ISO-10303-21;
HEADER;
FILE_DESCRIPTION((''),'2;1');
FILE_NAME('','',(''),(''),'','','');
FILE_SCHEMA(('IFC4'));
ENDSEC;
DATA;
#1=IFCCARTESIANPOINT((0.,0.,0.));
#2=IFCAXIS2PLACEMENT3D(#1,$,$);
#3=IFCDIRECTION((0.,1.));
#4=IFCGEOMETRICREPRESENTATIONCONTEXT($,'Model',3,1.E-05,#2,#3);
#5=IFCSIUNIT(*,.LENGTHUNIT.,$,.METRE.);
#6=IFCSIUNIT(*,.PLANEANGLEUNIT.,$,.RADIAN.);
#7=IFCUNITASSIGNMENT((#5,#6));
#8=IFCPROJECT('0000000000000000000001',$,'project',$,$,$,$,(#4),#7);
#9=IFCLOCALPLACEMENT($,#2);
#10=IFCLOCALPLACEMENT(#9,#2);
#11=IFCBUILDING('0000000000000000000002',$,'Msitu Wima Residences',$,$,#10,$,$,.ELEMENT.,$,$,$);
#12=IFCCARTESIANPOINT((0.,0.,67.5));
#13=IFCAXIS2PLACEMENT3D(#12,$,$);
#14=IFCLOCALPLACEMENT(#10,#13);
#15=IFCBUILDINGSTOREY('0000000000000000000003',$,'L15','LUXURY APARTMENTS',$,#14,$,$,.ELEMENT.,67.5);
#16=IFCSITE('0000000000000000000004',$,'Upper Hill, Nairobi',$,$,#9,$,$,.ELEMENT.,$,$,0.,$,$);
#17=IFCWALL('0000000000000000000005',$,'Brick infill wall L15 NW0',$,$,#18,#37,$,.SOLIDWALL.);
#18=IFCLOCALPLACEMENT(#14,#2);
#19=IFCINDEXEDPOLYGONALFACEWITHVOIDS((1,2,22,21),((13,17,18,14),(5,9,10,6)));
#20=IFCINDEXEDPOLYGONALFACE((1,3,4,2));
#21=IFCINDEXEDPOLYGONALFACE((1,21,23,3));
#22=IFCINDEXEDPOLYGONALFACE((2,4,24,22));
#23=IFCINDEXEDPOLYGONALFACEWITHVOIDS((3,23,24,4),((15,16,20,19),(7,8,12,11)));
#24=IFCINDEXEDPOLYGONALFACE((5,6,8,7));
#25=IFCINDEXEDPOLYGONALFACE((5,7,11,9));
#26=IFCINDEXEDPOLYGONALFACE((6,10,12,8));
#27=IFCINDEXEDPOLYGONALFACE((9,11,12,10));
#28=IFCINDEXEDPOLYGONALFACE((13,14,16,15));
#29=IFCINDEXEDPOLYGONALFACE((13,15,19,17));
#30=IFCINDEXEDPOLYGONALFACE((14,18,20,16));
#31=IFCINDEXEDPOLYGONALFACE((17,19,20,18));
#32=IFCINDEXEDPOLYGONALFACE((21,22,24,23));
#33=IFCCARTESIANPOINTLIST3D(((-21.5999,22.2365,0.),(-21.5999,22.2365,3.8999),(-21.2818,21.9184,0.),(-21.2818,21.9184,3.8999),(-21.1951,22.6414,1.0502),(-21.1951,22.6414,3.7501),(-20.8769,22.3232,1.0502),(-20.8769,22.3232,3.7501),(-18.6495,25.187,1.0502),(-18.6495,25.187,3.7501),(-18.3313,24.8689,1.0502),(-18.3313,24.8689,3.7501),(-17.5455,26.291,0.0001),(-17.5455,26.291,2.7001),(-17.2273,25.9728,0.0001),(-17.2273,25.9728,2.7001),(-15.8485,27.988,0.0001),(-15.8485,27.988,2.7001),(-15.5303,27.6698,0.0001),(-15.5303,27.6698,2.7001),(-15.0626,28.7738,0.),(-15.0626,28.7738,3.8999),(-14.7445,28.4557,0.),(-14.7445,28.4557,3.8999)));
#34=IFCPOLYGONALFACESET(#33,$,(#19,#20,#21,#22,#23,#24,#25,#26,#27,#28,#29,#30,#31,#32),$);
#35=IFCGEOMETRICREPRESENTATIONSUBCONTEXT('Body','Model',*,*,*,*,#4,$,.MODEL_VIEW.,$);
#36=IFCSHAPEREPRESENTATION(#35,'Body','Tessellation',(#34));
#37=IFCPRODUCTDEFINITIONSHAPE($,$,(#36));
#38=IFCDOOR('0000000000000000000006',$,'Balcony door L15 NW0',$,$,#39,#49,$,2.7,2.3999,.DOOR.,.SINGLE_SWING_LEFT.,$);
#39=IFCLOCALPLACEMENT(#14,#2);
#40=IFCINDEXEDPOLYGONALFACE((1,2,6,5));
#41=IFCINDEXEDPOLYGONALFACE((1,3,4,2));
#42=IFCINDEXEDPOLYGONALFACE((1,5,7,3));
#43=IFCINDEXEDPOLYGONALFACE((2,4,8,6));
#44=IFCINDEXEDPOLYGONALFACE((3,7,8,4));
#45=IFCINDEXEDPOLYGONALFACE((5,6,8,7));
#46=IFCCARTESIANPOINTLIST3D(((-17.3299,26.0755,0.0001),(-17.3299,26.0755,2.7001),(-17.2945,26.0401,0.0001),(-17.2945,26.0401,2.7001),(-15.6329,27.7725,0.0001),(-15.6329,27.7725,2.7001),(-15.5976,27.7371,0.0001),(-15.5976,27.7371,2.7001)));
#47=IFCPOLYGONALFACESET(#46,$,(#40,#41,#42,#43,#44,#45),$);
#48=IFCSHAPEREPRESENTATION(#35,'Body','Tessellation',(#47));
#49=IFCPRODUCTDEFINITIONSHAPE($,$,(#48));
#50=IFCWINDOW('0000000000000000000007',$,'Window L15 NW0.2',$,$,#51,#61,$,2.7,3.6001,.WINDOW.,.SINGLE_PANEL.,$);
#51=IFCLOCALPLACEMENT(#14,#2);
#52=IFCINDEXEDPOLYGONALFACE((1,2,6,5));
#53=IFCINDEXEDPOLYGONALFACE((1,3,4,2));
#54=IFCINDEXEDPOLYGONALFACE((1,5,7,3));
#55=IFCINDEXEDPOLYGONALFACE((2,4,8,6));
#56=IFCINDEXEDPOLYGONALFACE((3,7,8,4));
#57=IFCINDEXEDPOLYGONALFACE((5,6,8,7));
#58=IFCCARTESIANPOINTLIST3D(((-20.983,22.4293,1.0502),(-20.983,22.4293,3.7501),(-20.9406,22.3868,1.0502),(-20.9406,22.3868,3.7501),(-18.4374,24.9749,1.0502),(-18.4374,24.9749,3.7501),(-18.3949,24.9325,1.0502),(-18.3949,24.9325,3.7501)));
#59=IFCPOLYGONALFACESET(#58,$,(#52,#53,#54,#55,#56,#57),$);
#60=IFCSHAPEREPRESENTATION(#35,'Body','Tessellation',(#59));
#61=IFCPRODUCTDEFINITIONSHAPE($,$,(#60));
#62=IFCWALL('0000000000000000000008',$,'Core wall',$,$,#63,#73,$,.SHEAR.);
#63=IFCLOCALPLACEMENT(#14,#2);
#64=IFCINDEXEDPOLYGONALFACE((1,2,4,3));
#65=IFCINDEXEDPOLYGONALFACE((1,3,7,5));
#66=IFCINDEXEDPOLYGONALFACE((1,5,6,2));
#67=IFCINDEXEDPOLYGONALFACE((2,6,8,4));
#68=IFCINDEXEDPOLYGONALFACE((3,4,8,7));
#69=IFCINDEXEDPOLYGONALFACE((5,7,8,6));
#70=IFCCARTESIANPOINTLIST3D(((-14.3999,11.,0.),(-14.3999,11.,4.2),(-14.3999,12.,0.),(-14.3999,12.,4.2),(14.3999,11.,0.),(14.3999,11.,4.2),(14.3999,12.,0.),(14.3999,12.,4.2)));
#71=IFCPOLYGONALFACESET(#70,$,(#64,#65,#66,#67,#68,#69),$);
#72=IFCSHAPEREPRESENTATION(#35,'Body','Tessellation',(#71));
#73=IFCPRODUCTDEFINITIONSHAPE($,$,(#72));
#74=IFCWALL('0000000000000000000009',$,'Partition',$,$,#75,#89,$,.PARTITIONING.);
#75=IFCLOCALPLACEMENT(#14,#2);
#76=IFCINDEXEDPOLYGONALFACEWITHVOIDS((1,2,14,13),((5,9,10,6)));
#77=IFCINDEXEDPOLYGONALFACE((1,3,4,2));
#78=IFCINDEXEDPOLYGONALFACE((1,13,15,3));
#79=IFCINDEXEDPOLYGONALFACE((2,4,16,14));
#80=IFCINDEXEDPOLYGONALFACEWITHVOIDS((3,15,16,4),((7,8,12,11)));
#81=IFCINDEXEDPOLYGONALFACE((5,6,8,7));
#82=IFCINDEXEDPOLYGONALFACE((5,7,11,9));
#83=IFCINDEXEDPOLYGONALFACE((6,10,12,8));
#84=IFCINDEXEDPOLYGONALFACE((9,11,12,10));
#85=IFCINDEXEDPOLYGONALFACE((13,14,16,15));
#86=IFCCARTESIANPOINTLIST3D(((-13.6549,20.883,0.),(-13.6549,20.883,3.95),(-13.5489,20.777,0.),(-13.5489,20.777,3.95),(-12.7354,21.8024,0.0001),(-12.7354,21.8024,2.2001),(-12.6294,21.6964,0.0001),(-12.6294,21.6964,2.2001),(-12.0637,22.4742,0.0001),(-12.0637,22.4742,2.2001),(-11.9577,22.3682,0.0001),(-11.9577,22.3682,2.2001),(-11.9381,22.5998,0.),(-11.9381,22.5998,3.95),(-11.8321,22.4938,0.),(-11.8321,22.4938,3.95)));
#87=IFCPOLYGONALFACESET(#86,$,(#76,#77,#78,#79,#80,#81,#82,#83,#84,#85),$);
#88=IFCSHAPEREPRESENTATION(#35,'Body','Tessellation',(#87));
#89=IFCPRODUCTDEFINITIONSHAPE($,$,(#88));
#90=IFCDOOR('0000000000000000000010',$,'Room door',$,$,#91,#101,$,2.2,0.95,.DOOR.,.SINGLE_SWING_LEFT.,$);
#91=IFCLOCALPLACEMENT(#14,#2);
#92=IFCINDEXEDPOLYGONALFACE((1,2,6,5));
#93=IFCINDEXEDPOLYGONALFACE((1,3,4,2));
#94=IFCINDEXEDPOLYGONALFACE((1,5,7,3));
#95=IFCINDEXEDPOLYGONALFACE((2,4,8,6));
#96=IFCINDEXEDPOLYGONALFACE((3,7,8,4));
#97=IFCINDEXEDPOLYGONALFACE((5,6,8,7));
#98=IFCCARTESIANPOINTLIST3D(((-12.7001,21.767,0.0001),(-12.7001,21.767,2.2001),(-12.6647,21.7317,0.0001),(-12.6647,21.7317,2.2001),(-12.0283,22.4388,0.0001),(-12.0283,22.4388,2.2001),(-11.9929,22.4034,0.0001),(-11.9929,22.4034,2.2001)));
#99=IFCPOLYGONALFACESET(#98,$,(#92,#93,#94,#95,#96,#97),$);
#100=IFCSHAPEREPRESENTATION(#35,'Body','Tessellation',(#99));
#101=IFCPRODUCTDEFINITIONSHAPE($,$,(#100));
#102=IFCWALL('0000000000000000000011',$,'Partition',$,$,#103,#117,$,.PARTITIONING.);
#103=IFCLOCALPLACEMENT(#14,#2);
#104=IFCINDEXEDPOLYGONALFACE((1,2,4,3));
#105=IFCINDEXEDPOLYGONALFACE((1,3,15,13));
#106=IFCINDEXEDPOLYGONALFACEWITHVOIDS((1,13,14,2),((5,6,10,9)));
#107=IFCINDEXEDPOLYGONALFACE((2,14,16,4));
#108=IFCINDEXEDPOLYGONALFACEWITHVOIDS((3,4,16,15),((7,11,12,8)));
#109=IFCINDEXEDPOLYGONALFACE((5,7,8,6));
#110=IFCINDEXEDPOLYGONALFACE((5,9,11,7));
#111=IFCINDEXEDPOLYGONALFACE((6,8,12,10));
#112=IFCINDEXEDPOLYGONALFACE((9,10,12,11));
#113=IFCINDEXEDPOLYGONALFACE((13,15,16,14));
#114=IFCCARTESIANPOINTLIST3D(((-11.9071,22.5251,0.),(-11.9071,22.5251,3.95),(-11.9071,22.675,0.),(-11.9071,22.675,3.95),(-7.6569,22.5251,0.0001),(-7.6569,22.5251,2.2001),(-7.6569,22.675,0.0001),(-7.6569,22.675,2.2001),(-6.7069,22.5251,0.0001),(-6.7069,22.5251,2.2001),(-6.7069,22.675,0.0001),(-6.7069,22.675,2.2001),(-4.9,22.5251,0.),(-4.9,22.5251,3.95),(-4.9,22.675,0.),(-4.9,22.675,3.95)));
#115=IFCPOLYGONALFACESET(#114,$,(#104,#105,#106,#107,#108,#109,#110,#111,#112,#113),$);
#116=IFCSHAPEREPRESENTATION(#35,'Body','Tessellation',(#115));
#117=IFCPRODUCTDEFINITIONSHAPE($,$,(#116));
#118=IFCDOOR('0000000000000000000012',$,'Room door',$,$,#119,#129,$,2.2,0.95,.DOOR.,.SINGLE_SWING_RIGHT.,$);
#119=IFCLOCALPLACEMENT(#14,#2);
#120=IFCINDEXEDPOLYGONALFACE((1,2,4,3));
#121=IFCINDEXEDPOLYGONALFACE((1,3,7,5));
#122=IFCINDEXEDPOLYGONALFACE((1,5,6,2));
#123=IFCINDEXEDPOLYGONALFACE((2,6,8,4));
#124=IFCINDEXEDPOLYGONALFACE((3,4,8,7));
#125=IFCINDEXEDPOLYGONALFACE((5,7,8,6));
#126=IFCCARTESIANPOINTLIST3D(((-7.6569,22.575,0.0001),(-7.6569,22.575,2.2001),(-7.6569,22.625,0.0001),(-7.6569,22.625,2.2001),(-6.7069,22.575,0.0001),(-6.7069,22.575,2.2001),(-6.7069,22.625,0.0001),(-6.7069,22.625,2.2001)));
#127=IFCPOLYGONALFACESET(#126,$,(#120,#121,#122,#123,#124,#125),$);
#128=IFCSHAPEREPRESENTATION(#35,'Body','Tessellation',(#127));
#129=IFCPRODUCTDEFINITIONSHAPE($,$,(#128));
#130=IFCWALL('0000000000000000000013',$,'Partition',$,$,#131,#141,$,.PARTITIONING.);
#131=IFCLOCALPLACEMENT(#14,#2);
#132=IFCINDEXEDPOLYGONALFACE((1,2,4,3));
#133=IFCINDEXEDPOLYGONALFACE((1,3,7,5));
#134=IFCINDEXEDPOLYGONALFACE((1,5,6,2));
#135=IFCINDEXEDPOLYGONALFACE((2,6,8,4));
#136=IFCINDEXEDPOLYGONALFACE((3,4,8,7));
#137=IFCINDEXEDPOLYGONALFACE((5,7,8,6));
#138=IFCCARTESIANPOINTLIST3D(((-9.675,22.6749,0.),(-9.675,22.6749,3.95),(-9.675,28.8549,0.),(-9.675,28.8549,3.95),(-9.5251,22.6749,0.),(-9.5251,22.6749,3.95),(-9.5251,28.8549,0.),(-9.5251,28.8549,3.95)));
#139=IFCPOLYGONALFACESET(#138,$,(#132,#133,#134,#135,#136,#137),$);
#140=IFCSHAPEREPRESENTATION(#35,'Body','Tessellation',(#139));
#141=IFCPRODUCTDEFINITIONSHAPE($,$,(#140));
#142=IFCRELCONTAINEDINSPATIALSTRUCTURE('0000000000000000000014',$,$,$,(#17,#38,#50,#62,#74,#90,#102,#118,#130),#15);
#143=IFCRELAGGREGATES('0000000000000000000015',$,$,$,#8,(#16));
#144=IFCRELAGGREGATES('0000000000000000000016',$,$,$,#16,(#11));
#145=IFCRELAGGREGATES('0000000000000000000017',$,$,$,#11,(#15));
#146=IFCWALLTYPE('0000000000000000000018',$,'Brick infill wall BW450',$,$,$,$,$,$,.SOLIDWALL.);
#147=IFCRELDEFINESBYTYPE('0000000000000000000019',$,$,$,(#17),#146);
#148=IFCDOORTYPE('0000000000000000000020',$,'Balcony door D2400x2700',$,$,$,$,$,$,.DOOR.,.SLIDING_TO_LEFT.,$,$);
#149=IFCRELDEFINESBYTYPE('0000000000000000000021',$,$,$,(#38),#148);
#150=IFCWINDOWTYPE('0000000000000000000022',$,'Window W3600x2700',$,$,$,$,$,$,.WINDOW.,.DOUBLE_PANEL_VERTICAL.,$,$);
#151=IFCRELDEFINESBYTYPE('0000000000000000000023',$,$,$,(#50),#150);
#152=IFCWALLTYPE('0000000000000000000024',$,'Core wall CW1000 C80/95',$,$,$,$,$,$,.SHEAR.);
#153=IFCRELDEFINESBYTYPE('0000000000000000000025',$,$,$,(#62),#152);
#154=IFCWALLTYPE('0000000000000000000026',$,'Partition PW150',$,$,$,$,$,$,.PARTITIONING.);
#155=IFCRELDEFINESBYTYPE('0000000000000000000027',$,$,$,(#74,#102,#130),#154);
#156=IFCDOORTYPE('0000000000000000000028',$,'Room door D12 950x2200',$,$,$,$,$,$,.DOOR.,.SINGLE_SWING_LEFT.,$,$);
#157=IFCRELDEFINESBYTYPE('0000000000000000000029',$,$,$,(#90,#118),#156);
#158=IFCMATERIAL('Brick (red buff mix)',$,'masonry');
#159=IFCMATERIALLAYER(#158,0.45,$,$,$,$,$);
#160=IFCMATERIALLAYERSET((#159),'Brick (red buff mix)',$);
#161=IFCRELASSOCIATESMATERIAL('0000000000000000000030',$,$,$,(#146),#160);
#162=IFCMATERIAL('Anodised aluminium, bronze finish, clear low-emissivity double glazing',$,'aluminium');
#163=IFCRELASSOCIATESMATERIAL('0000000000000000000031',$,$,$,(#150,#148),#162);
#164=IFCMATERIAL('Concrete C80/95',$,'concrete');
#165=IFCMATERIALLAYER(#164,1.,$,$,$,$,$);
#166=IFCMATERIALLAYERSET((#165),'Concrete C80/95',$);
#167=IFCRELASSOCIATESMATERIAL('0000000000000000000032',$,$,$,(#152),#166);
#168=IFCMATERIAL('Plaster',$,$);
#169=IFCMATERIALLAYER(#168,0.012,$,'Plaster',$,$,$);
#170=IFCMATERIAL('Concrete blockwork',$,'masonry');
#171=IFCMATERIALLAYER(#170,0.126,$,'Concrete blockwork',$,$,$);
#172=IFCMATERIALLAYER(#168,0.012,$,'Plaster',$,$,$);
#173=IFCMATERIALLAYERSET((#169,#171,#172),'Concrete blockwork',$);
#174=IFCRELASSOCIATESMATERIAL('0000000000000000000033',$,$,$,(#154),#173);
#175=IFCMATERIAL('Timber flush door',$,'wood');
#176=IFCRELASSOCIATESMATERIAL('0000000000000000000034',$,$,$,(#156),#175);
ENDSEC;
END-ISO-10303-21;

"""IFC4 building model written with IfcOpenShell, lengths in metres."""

from ifc_helpers import new_model, si_unit, direction, frame, frame_2d, origin, place, context, subcontext, project, spatial, rectangle, extrude, material, layer, layer_set, type_object, element, fill, save


model = new_model("IFC4")

# Units and contexts
model_context = context("Model", 3, precision=1e-05, world=origin(), true_north=direction((0.0, 1.0)))
body_context = subcontext(model_context, "Body", "Model", "MODEL_VIEW")
ifc_project = project(units=[si_unit("LENGTHUNIT", "METRE"), si_unit("PLANEANGLEUNIT", "RADIAN")], contexts=[model_context])

# Site, building, storey
site_placement = place(None, origin())
site = spatial("IfcSite", under=ifc_project, at=site_placement, Name="Upper Hill, Nairobi", CompositionType="ELEMENT", RefElevation=0.0)
building_placement = place(site_placement, origin())
building = spatial("IfcBuilding", under=site, at=building_placement, Name="Msitu Wima Residences", CompositionType="ELEMENT")
storey_placement = place(building_placement, frame((0.0, 0.0, 67.5)))
storey = spatial("IfcBuildingStorey", under=building, at=storey_placement, Name="L15", Description="LUXURY APARTMENTS", CompositionType="ELEMENT", Elevation=67.5)

# Shared definitions
ifc_material_1 = material(Name="Concrete C80/95", Category="concrete")

# Shared definitions
ifc_material_2 = material(Name="Brick (red buff mix)", Category="masonry")
ifc_layer_1 = layer(ifc_material_2, 0.45)
ifc_layer_set_1 = layer_set([ifc_layer_1], Name="Brick (red buff mix)")
wall_type_1 = type_object("IfcWallType", Name="Brick infill wall BW450", PredefinedType="SOLIDWALL", material=ifc_layer_set_1)
ifc_material_3 = material(Name="Anodised aluminium, bronze finish, clear low-emissivity double glazing", Category="aluminium")
window_type = type_object("IfcWindowType", Name="Window W3600x2700", PartitioningType="DOUBLE_PANEL_VERTICAL", PredefinedType="WINDOW", material=ifc_material_3)

# Wall, openings, door, window
wall_1_placement = place(storey_placement, frame((-14.9036, 28.6147, 0.0), z_axis=(0.0, 0.0, 1.0), x_axis=(-0.707107, -0.707107, 0.0)))
wall_1 = element("IfcWall", 1, at=wall_1_placement, inside=storey, type_object=wall_type_1, Name="Brick infill wall L15 NW0", PredefinedType="SOLIDWALL", context=body_context, shape_type="SweptSolid", body=[
    extrude(rectangle(XDim=9.2451, YDim=0.45, at=frame_2d((4.6226, 0.0))), origin(), (0.0, 0.0, 1.0), 3.8999),
])
opening_1_placement = place(wall_1_placement, frame((1.1113, 0.0, 0.0)))
opening_1 = element("IfcOpeningElement", 2, at=opening_1_placement, cuts=wall_1, PredefinedType="OPENING", context=body_context, shape_type="SweptSolid", body=[
    extrude(rectangle(XDim=2.3999, YDim=2.7, at=frame_2d((1.2, 1.3501))), frame((0.0, 0.2349, 0.0), z_axis=(0.0, -1.0, 0.0), x_axis=(1.0, 0.0, 0.0)), (0.0, 0.0, 1.0), 0.47),
])
opening_2_placement = place(wall_1_placement, frame((5.0725, 0.0, 1.05)))
opening_2 = element("IfcOpeningElement", 3, at=opening_2_placement, cuts=wall_1, PredefinedType="OPENING", context=body_context, shape_type="SweptSolid", body=[
    extrude(rectangle(XDim=3.6001, YDim=2.7, at=frame_2d((1.8, 1.3501))), frame((0.0, 0.2349, 0.0), z_axis=(0.0, -1.0, 0.0), x_axis=(1.0, 0.0, 0.0)), (0.0, 0.0, 1.0), 0.47),
])
door_type_1 = type_object("IfcDoorType", Name="Balcony door D2400x2700", OperationType="SLIDING_TO_LEFT", PredefinedType="DOOR", material=ifc_material_3)
door_1_placement = place(opening_1_placement, origin())
door_1 = element("IfcDoor", 4, at=door_1_placement, inside=storey, type_object=door_type_1, Name="Balcony door L15 NW0", OperationType="SINGLE_SWING_LEFT", OverallHeight=2.7, OverallWidth=2.3999, PredefinedType="DOOR", context=body_context, shape_type="SweptSolid", body=[
    extrude(rectangle(XDim=2.3999, YDim=2.7, at=frame_2d((1.2, 1.3501))), frame((0.0, 0.1299, 0.0), z_axis=(0.0, -1.0, 0.0), x_axis=(1.0, 0.0, 0.0)), (0.0, 0.0, 1.0), 0.05),
])
fill(opening_1, door_1)
window_1_placement = place(opening_2_placement, origin())
window_1 = element("IfcWindow", 5, at=window_1_placement, inside=storey, type_object=window_type, Name="Window L15 NW0.2", OverallHeight=2.7, OverallWidth=3.6001, PartitioningType="SINGLE_PANEL", PredefinedType="WINDOW", context=body_context, shape_type="SweptSolid", body=[
    extrude(rectangle(XDim=3.6001, YDim=2.7, at=frame_2d((1.8, 1.3501))), frame((0.0, 0.135, 0.0), z_axis=(0.0, -1.0, 0.0), x_axis=(1.0, 0.0, 0.0)), (0.0, 0.0, 1.0), 0.0601),
])
fill(opening_2, window_1)

# Wall
ifc_layer_2 = layer(ifc_material_1, 1.0)
ifc_layer_set_2 = layer_set([ifc_layer_2], Name="Concrete C80/95")
wall_type_2 = type_object("IfcWallType", Name="Core wall CW1000 C80/95", PredefinedType="SHEAR", material=ifc_layer_set_2)
wall_2_placement = place(storey_placement, frame((-14.3999, 11.5, 0.0), z_axis=(0.0, 0.0, 1.0), x_axis=(1.0, 0.0, 0.0)))
element("IfcWall", 6, at=wall_2_placement, inside=storey, type_object=wall_type_2, Name="Core wall", PredefinedType="SHEAR", context=body_context, shape_type="SweptSolid", body=[
    extrude(rectangle(XDim=28.7998, YDim=1.0, at=frame_2d((14.3999, 0.0))), origin(), (0.0, 0.0, 1.0), 4.2),
])

# Walls, openings, doors
ifc_material_4 = material(Name="Plaster")
ifc_layer_3 = layer(ifc_material_4, 0.012, Name="Plaster")
ifc_material_5 = material(Name="Concrete blockwork", Category="masonry")
ifc_layer_4 = layer(ifc_material_5, 0.126, Name="Concrete blockwork")
ifc_layer_5 = layer(ifc_material_4, 0.012, Name="Plaster")
ifc_layer_set_3 = layer_set([ifc_layer_3, ifc_layer_4, ifc_layer_5], Name="Concrete blockwork")
wall_type_3 = type_object("IfcWallType", Name="Partition PW150", PredefinedType="PARTITIONING", material=ifc_layer_set_3)
wall_3_placement = place(storey_placement, frame((-13.6018, 20.8301, 0.0), z_axis=(0.0, 0.0, 1.0), x_axis=(0.707107, 0.707107, 0.0)))
wall_3 = element("IfcWall", 7, at=wall_3_placement, inside=storey, type_object=wall_type_3, Name="Partition", PredefinedType="PARTITIONING", context=body_context, shape_type="SweptSolid", body=[
    extrude(rectangle(XDim=2.428, YDim=0.1499, at=frame_2d((1.2139, 0.0))), origin(), (0.0, 0.0, 1.0), 3.95),
])
opening_3_placement = place(wall_3_placement, frame((1.3, 0.0, 0.0)))
opening_3 = element("IfcOpeningElement", 8, at=opening_3_placement, cuts=wall_3, PredefinedType="OPENING", context=body_context, shape_type="SweptSolid", body=[
    extrude(rectangle(XDim=0.95, YDim=2.2, at=frame_2d((0.4751, 1.1001))), frame((0.0, 0.085, 0.0), z_axis=(0.0, -1.0, 0.0), x_axis=(1.0, 0.0, 0.0)), (0.0, 0.0, 1.0), 0.1699),
])
ifc_material_6 = material(Name="Timber flush door", Category="wood")
door_type_2 = type_object("IfcDoorType", Name="Room door D12 950x2200", OperationType="SINGLE_SWING_LEFT", PredefinedType="DOOR", material=ifc_material_6)
door_2_placement = place(opening_3_placement, origin())
door_2 = element("IfcDoor", 9, at=door_2_placement, inside=storey, type_object=door_type_2, Name="Room door", OperationType="SINGLE_SWING_LEFT", OverallHeight=2.2, OverallWidth=0.95, PredefinedType="DOOR", context=body_context, shape_type="SweptSolid", body=[
    extrude(rectangle(XDim=0.95, YDim=2.2, at=frame_2d((0.4751, 1.1001))), frame((0.0, 0.0249, 0.0), z_axis=(0.0, -1.0, 0.0), x_axis=(1.0, 0.0, 0.0)), (0.0, 0.0, 1.0), 0.05),
])
fill(opening_3, door_2)
wall_4_placement = place(storey_placement, frame((-11.907, 22.6001, 0.0), z_axis=(0.0, 0.0, 1.0), x_axis=(1.0, 0.0, 0.0)))
wall_4 = element("IfcWall", 10, at=wall_4_placement, inside=storey, type_object=wall_type_3, Name="Partition", PredefinedType="PARTITIONING", context=body_context, shape_type="SweptSolid", body=[
    extrude(rectangle(XDim=7.0071, YDim=0.1499, at=frame_2d((3.5034, 0.0))), origin(), (0.0, 0.0, 1.0), 3.95),
])
opening_4_placement = place(wall_4_placement, frame((4.25, 0.0, 0.0)))
opening_4 = element("IfcOpeningElement", 11, at=opening_4_placement, cuts=wall_4, PredefinedType="OPENING", context=body_context, shape_type="SweptSolid", body=[
    extrude(rectangle(XDim=0.95, YDim=2.2, at=frame_2d((0.4751, 1.1001))), frame((0.0, 0.085, 0.0), z_axis=(0.0, -1.0, 0.0), x_axis=(1.0, 0.0, 0.0)), (0.0, 0.0, 1.0), 0.1699),
])
door_3_placement = place(opening_4_placement, origin())
door_3 = element("IfcDoor", 12, at=door_3_placement, inside=storey, type_object=door_type_2, Name="Room door", OperationType="SINGLE_SWING_RIGHT", OverallHeight=2.2, OverallWidth=0.95, PredefinedType="DOOR", context=body_context, shape_type="SweptSolid", body=[
    extrude(rectangle(XDim=0.95, YDim=2.2, at=frame_2d((0.4751, 1.1001))), frame((0.0, 0.0249, 0.0), z_axis=(0.0, -1.0, 0.0), x_axis=(1.0, 0.0, 0.0)), (0.0, 0.0, 1.0), 0.05),
])
fill(opening_4, door_3)

# Wall
wall_5_placement = place(storey_placement, frame((-9.6001, 22.675, 0.0), z_axis=(0.0, 0.0, 1.0), x_axis=(0.0, 1.0, 0.0)))
element("IfcWall", 13, at=wall_5_placement, inside=storey, type_object=wall_type_3, Name="Partition", PredefinedType="PARTITIONING", context=body_context, shape_type="SweptSolid", body=[
    extrude(rectangle(XDim=6.1799, YDim=0.1499, at=frame_2d((3.0898, 0.0))), origin(), (0.0, 0.0, 1.0), 3.95),
])

save(model, "model.ifc")
